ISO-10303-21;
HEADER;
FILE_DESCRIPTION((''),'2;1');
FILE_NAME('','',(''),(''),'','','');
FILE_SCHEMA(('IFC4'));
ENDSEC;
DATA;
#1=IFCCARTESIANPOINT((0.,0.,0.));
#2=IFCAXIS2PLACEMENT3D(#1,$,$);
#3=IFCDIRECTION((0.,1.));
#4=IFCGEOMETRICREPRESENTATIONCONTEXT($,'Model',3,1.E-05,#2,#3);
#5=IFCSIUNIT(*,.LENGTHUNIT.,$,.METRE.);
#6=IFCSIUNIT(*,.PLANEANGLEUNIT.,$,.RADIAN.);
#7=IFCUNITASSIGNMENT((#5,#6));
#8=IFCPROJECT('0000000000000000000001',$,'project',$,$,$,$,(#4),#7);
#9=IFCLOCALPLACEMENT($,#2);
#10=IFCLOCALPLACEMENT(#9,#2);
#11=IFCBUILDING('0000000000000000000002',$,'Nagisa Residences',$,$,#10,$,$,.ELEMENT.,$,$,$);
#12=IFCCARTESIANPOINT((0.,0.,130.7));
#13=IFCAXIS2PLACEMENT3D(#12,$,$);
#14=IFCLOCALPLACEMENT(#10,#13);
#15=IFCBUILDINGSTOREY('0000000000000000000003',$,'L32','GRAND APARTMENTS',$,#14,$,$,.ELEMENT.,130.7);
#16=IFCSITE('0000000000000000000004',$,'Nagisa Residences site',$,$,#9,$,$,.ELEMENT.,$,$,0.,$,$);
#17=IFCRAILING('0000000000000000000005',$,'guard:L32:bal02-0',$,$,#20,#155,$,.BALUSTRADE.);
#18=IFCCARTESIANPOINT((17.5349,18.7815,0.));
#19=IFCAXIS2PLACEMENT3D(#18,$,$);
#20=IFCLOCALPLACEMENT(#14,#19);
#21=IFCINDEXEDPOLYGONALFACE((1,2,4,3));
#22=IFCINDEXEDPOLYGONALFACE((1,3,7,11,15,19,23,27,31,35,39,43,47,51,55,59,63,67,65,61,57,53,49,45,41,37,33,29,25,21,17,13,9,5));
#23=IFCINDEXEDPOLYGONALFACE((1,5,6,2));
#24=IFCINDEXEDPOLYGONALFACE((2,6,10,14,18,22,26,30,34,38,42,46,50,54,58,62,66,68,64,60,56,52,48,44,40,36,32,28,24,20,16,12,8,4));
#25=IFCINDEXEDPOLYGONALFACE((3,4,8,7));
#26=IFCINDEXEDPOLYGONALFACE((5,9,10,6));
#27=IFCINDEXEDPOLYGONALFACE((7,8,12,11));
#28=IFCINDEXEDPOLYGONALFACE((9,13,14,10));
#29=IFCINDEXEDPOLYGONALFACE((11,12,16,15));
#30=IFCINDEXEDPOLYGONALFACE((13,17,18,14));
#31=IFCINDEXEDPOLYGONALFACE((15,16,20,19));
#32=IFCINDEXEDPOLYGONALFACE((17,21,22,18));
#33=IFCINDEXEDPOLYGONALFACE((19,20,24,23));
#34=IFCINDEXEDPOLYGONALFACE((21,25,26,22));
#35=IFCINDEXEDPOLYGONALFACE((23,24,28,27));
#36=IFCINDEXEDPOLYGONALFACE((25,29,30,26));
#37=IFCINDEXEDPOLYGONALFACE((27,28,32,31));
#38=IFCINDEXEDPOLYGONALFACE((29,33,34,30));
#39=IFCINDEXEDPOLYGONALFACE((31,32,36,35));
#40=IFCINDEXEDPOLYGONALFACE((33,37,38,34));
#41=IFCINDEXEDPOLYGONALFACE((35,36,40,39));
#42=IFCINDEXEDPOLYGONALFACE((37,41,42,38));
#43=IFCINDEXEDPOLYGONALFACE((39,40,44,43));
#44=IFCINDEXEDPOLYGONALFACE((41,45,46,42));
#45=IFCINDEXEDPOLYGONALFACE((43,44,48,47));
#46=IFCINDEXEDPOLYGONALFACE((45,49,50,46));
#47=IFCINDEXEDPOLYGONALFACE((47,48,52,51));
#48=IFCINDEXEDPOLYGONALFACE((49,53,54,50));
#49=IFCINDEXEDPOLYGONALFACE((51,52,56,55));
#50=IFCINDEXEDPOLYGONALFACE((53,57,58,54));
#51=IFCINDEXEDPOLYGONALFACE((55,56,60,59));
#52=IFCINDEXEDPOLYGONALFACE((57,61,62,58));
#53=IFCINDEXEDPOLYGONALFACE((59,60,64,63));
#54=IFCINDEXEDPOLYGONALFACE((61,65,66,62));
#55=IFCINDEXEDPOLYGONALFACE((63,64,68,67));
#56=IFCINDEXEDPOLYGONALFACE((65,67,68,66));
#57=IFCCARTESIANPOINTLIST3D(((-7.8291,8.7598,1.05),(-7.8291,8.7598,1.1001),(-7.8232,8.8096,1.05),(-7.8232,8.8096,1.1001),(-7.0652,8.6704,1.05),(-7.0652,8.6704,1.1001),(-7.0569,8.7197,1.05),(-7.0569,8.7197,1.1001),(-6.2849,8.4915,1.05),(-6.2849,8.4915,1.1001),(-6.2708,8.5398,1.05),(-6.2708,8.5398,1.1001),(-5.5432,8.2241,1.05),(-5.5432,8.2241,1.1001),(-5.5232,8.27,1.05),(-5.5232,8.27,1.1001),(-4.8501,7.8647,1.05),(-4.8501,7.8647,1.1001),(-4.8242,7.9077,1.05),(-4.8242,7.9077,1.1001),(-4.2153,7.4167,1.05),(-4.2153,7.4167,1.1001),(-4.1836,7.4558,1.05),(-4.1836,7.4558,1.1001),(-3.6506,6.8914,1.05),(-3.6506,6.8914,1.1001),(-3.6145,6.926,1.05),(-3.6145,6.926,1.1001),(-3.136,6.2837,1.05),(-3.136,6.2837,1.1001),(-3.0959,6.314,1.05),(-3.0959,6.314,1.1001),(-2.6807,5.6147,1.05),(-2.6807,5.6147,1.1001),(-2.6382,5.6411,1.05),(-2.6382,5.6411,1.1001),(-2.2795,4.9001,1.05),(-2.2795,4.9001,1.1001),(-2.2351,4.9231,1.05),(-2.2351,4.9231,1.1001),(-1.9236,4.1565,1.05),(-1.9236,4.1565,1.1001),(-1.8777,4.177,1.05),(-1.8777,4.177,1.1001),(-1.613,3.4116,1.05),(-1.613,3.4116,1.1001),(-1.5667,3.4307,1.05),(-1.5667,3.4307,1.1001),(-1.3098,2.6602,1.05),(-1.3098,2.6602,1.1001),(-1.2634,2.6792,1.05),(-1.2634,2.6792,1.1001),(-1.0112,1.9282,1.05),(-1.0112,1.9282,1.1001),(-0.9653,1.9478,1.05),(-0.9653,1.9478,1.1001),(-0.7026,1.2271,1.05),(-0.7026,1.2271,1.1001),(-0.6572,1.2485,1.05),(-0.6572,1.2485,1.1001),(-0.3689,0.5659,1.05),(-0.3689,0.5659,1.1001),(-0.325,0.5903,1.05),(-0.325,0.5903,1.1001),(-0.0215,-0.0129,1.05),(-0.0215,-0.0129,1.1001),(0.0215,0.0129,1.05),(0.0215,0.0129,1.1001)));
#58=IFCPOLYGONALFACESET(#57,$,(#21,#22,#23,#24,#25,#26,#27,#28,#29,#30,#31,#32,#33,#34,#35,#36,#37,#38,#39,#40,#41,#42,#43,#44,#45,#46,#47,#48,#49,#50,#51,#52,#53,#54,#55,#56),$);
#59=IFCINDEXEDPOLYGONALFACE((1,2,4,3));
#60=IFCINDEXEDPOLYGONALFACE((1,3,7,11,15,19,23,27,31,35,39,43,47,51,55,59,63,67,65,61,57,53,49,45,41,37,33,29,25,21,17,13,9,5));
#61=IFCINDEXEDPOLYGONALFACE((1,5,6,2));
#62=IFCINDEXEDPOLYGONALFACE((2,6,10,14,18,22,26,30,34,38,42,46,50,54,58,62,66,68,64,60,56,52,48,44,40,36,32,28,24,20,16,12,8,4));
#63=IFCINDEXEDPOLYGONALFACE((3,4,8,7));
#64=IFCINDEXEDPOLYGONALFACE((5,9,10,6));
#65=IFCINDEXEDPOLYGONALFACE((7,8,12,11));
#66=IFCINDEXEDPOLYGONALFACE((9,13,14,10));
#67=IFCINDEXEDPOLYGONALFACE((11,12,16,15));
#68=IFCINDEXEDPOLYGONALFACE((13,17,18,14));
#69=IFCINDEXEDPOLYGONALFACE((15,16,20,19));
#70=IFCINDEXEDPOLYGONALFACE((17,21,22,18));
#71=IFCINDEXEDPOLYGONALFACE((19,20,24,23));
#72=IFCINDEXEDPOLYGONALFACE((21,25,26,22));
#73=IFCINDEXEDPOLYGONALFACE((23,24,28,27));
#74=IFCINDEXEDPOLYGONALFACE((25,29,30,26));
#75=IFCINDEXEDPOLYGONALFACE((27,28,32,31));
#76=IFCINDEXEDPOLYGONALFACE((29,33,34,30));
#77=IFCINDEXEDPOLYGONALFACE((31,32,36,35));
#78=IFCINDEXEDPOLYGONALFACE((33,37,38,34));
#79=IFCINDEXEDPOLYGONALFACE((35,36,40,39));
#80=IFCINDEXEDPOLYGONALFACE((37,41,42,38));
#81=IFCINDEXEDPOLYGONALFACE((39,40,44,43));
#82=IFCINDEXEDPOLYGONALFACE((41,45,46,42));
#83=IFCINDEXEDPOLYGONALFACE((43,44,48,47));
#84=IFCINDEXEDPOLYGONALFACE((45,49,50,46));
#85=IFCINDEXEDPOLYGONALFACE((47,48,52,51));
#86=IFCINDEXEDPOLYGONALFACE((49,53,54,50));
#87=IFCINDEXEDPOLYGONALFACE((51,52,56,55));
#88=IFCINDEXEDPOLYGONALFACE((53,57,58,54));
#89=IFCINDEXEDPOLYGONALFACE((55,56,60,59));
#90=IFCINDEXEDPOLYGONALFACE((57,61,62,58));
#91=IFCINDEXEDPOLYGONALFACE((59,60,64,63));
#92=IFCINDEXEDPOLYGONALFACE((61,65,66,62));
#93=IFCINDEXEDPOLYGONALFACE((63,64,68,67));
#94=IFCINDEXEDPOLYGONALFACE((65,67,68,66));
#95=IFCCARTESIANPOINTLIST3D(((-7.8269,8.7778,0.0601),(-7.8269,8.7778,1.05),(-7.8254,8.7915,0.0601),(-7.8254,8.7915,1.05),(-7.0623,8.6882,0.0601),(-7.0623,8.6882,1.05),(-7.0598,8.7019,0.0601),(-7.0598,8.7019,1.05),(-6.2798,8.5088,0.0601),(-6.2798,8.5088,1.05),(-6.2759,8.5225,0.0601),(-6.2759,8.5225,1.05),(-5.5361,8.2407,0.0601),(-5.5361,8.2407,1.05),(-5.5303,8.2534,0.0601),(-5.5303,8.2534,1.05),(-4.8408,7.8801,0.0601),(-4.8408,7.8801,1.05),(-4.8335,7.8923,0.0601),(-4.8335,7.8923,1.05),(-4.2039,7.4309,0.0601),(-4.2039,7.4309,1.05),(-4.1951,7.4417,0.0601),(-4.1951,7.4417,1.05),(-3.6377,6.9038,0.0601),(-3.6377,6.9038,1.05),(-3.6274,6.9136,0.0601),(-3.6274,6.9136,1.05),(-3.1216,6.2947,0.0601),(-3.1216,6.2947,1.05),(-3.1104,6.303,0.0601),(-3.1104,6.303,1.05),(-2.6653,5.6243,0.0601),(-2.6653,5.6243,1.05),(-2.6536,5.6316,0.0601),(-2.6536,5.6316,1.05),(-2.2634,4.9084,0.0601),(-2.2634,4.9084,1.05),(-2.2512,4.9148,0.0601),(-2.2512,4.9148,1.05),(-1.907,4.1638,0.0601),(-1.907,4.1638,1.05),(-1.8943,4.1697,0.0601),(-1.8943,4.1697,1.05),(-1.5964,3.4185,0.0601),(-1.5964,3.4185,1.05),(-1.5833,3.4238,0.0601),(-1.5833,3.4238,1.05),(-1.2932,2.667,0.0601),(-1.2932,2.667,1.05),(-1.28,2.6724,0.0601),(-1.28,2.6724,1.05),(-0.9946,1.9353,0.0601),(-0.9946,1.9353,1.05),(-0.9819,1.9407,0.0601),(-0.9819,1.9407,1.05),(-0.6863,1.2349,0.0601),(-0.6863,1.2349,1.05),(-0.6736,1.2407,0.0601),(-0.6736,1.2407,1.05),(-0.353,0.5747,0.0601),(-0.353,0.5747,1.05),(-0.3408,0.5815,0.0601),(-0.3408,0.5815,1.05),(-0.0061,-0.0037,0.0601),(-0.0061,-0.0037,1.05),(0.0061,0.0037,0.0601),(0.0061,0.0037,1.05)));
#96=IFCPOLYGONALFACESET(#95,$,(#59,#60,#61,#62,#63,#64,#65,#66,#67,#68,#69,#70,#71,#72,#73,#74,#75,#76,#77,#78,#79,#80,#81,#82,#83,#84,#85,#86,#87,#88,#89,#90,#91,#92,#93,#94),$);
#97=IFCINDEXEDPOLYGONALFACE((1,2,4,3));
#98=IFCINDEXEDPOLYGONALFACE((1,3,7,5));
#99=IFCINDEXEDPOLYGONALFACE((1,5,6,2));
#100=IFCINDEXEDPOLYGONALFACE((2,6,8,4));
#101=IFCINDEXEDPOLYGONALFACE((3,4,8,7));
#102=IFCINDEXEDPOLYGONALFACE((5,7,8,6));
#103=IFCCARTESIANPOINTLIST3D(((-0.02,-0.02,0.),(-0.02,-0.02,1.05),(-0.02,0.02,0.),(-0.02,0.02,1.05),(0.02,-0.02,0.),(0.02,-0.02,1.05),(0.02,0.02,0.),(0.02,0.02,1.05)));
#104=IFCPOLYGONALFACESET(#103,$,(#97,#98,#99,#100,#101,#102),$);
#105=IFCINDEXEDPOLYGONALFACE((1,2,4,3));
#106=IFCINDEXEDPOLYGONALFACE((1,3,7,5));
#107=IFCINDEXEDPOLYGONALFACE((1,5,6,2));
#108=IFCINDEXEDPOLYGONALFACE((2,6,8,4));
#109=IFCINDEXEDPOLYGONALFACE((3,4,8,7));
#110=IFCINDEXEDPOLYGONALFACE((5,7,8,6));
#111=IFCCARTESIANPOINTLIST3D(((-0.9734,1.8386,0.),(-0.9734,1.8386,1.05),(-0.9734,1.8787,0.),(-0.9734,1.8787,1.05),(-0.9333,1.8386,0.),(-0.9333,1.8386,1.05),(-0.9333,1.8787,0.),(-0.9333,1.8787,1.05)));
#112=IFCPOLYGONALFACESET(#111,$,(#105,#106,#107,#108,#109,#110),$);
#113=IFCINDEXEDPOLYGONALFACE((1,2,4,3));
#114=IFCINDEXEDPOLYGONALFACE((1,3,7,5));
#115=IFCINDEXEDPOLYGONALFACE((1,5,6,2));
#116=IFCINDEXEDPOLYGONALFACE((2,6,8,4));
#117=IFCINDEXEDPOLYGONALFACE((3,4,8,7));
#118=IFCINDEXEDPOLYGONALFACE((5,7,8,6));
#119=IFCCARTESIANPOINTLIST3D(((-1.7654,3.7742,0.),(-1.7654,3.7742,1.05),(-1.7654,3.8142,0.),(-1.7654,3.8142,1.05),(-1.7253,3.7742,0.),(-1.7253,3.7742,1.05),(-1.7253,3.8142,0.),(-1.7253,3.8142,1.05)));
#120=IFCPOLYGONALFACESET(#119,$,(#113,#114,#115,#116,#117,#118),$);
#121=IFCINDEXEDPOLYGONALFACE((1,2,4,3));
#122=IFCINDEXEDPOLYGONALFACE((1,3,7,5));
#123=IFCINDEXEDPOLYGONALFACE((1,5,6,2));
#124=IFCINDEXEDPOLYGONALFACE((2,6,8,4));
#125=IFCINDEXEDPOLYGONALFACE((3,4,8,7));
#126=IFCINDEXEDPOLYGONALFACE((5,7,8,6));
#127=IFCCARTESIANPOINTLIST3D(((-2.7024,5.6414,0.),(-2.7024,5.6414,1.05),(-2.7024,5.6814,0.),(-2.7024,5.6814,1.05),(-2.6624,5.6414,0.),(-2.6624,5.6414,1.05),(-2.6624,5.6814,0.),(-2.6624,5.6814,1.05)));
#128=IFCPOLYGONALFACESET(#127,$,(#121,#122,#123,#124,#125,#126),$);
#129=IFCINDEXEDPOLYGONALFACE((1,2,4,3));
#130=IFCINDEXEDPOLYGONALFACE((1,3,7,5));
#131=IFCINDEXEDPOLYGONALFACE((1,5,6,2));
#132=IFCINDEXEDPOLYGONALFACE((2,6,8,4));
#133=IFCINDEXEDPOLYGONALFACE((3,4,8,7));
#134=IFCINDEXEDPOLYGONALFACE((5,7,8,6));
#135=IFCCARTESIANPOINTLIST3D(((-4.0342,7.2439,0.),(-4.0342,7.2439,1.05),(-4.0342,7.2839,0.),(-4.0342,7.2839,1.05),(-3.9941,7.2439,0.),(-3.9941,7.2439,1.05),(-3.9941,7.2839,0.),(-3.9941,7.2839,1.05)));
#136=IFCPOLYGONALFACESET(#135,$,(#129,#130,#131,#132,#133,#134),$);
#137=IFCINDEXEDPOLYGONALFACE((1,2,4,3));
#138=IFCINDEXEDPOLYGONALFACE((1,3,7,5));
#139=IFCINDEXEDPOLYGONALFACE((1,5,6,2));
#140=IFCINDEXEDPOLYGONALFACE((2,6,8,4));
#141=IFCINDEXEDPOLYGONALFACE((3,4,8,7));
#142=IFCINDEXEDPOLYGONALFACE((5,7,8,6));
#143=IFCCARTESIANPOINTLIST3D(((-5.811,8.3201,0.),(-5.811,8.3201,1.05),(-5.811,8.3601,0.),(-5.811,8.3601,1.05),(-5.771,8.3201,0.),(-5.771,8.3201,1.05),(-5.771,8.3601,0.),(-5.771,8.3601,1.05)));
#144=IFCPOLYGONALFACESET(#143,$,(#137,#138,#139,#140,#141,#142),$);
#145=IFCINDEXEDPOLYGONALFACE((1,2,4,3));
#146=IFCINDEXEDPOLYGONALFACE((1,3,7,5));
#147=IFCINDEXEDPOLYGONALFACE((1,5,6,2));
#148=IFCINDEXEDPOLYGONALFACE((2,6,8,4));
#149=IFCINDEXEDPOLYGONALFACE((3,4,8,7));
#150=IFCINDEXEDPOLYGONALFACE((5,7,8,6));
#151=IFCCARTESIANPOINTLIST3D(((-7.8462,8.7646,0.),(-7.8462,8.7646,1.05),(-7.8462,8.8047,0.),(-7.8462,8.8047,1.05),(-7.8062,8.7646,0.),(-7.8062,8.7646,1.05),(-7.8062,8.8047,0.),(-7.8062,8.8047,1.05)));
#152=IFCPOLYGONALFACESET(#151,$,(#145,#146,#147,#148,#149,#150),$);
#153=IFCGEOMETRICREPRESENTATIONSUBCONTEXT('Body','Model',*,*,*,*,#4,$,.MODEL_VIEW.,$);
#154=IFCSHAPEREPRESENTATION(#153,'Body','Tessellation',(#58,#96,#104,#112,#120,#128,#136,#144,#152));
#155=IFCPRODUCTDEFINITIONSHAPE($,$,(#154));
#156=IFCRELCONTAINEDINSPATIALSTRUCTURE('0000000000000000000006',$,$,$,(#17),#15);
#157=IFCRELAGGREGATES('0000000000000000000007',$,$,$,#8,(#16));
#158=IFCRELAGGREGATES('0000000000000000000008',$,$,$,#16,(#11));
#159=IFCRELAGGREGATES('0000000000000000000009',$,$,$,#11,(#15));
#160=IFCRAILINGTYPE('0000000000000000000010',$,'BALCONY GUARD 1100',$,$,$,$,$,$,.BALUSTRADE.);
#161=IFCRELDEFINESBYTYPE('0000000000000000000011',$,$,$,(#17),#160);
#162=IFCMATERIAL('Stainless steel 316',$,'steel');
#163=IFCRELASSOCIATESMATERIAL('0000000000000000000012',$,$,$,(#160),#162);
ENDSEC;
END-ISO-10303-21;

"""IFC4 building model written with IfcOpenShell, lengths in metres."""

from ifc_helpers import new_model, si_unit, direction, frame, origin, origin_2d, place, context, subcontext, project, spatial, polyline, rectangle, outline, extrude, material, type_object, element, save


model = new_model("IFC4")

# Units and contexts
model_context = context("Model", 3, precision=1e-05, world=origin(), true_north=direction((0.0, 1.0)))
body_context = subcontext(model_context, "Body", "Model", "MODEL_VIEW")
ifc_project = project(units=[si_unit("LENGTHUNIT", "METRE"), si_unit("PLANEANGLEUNIT", "RADIAN")], contexts=[model_context])

# Site, building, storey
site_placement = place(None, origin())
site = spatial("IfcSite", under=ifc_project, at=site_placement, Name="Nagisa Residences site", CompositionType="ELEMENT", RefElevation=0.0)
building_placement = place(site_placement, origin())
building = spatial("IfcBuilding", under=site, at=building_placement, Name="Nagisa Residences", CompositionType="ELEMENT")
storey_placement = place(building_placement, frame((0.0, 0.0, 130.7)))
storey = spatial("IfcBuildingStorey", under=building, at=storey_placement, Name="L32", Description="GRAND APARTMENTS", CompositionType="ELEMENT", Elevation=130.7)

# Railing
ifc_material_1 = material(Name="Stainless steel 316", Category="steel")
railing_type = type_object("IfcRailingType", Name="BALCONY GUARD 1100", PredefinedType="BALUSTRADE", material=ifc_material_1)
railing_placement = place(storey_placement, frame((17.5349, 18.7815, 0.0)))
element("IfcRailing", 1, at=railing_placement, inside=storey, type_object=railing_type, Name="guard:L32:bal02-0", PredefinedType="BALUSTRADE", context=body_context, shape_type="SweptSolid", body=[
    extrude(outline(polyline([(-0.3689, 0.5659), (-0.0215, -0.0129), (0.0215, 0.0129), (-0.325, 0.5903), (-0.6572, 1.2485), (-0.9653, 1.9478), (-1.2634, 2.6792), (-1.5667, 3.4307), (-1.8777, 4.177), (-2.2351, 4.9231), (-2.6382, 5.6411), (-3.0959, 6.314), (-3.6145, 6.926), (-4.1836, 7.4558), (-4.8242, 7.9077), (-5.5232, 8.27), (-6.2708, 8.5398), (-7.0569, 8.7197), (-7.8232, 8.8096), (-7.8291, 8.7598), (-7.0652, 8.6704), (-6.2849, 8.4915), (-5.5432, 8.2241), (-4.8501, 7.8647), (-4.2153, 7.4167), (-3.6506, 6.8914), (-3.136, 6.2837), (-2.6807, 5.6147), (-2.2795, 4.9001), (-1.9236, 4.1565), (-1.613, 3.4116), (-1.3098, 2.6602), (-1.0112, 1.9282), (-0.7026, 1.2271), (-0.3689, 0.5659)])), frame((0.0, 0.0, 1.05)), (0.0, 0.0, 1.0), 0.05),
    extrude(outline(polyline([(-0.353, 0.5747), (-0.0061, -0.0037), (0.0061, 0.0037), (-0.3408, 0.5815), (-0.6736, 1.2407), (-0.9819, 1.9407), (-1.28, 2.6724), (-1.5833, 3.4238), (-1.8943, 4.1697), (-2.2512, 4.9148), (-2.6536, 5.6316), (-3.1104, 6.303), (-3.6274, 6.9136), (-4.1951, 7.4417), (-4.8335, 7.8923), (-5.5303, 8.2534), (-6.2759, 8.5225), (-7.0598, 8.7019), (-7.8254, 8.7915), (-7.8269, 8.7778), (-7.0623, 8.6882), (-6.2798, 8.5088), (-5.5361, 8.2407), (-4.8408, 7.8801), (-4.2039, 7.4309), (-3.6377, 6.9038), (-3.1216, 6.2947), (-2.6653, 5.6243), (-2.2634, 4.9084), (-1.907, 4.1638), (-1.5964, 3.4185), (-1.2932, 2.667), (-0.9946, 1.9353), (-0.6863, 1.2349), (-0.353, 0.5747)])), frame((0.0, 0.0, 0.0601)), (0.0, 0.0, 1.0), 0.99),
    extrude(rectangle(XDim=0.04, YDim=0.04, at=origin_2d()), origin(), (0.0, 0.0, 1.0), 1.05),
    extrude(rectangle(XDim=0.04, YDim=0.04, at=origin_2d()), frame((-0.9534, 1.8586, 0.0)), (0.0, 0.0, 1.0), 1.05),
    extrude(rectangle(XDim=0.04, YDim=0.04, at=origin_2d()), frame((-1.7454, 3.7942, 0.0)), (0.0, 0.0, 1.0), 1.05),
    extrude(rectangle(XDim=0.04, YDim=0.04, at=origin_2d()), frame((-2.6824, 5.6614, 0.0)), (0.0, 0.0, 1.0), 1.05),
    extrude(rectangle(XDim=0.04, YDim=0.04, at=origin_2d()), frame((-4.0142, 7.2639, 0.0)), (0.0, 0.0, 1.0), 1.05),
    extrude(rectangle(XDim=0.04, YDim=0.04, at=origin_2d()), frame((-5.791, 8.3401, 0.0)), (0.0, 0.0, 1.0), 1.05),
    extrude(rectangle(XDim=0.04, YDim=0.04, at=origin_2d()), frame((-7.8262, 8.7847, 0.0)), (0.0, 0.0, 1.0), 1.05),
])

save(model, "model.ifc")
